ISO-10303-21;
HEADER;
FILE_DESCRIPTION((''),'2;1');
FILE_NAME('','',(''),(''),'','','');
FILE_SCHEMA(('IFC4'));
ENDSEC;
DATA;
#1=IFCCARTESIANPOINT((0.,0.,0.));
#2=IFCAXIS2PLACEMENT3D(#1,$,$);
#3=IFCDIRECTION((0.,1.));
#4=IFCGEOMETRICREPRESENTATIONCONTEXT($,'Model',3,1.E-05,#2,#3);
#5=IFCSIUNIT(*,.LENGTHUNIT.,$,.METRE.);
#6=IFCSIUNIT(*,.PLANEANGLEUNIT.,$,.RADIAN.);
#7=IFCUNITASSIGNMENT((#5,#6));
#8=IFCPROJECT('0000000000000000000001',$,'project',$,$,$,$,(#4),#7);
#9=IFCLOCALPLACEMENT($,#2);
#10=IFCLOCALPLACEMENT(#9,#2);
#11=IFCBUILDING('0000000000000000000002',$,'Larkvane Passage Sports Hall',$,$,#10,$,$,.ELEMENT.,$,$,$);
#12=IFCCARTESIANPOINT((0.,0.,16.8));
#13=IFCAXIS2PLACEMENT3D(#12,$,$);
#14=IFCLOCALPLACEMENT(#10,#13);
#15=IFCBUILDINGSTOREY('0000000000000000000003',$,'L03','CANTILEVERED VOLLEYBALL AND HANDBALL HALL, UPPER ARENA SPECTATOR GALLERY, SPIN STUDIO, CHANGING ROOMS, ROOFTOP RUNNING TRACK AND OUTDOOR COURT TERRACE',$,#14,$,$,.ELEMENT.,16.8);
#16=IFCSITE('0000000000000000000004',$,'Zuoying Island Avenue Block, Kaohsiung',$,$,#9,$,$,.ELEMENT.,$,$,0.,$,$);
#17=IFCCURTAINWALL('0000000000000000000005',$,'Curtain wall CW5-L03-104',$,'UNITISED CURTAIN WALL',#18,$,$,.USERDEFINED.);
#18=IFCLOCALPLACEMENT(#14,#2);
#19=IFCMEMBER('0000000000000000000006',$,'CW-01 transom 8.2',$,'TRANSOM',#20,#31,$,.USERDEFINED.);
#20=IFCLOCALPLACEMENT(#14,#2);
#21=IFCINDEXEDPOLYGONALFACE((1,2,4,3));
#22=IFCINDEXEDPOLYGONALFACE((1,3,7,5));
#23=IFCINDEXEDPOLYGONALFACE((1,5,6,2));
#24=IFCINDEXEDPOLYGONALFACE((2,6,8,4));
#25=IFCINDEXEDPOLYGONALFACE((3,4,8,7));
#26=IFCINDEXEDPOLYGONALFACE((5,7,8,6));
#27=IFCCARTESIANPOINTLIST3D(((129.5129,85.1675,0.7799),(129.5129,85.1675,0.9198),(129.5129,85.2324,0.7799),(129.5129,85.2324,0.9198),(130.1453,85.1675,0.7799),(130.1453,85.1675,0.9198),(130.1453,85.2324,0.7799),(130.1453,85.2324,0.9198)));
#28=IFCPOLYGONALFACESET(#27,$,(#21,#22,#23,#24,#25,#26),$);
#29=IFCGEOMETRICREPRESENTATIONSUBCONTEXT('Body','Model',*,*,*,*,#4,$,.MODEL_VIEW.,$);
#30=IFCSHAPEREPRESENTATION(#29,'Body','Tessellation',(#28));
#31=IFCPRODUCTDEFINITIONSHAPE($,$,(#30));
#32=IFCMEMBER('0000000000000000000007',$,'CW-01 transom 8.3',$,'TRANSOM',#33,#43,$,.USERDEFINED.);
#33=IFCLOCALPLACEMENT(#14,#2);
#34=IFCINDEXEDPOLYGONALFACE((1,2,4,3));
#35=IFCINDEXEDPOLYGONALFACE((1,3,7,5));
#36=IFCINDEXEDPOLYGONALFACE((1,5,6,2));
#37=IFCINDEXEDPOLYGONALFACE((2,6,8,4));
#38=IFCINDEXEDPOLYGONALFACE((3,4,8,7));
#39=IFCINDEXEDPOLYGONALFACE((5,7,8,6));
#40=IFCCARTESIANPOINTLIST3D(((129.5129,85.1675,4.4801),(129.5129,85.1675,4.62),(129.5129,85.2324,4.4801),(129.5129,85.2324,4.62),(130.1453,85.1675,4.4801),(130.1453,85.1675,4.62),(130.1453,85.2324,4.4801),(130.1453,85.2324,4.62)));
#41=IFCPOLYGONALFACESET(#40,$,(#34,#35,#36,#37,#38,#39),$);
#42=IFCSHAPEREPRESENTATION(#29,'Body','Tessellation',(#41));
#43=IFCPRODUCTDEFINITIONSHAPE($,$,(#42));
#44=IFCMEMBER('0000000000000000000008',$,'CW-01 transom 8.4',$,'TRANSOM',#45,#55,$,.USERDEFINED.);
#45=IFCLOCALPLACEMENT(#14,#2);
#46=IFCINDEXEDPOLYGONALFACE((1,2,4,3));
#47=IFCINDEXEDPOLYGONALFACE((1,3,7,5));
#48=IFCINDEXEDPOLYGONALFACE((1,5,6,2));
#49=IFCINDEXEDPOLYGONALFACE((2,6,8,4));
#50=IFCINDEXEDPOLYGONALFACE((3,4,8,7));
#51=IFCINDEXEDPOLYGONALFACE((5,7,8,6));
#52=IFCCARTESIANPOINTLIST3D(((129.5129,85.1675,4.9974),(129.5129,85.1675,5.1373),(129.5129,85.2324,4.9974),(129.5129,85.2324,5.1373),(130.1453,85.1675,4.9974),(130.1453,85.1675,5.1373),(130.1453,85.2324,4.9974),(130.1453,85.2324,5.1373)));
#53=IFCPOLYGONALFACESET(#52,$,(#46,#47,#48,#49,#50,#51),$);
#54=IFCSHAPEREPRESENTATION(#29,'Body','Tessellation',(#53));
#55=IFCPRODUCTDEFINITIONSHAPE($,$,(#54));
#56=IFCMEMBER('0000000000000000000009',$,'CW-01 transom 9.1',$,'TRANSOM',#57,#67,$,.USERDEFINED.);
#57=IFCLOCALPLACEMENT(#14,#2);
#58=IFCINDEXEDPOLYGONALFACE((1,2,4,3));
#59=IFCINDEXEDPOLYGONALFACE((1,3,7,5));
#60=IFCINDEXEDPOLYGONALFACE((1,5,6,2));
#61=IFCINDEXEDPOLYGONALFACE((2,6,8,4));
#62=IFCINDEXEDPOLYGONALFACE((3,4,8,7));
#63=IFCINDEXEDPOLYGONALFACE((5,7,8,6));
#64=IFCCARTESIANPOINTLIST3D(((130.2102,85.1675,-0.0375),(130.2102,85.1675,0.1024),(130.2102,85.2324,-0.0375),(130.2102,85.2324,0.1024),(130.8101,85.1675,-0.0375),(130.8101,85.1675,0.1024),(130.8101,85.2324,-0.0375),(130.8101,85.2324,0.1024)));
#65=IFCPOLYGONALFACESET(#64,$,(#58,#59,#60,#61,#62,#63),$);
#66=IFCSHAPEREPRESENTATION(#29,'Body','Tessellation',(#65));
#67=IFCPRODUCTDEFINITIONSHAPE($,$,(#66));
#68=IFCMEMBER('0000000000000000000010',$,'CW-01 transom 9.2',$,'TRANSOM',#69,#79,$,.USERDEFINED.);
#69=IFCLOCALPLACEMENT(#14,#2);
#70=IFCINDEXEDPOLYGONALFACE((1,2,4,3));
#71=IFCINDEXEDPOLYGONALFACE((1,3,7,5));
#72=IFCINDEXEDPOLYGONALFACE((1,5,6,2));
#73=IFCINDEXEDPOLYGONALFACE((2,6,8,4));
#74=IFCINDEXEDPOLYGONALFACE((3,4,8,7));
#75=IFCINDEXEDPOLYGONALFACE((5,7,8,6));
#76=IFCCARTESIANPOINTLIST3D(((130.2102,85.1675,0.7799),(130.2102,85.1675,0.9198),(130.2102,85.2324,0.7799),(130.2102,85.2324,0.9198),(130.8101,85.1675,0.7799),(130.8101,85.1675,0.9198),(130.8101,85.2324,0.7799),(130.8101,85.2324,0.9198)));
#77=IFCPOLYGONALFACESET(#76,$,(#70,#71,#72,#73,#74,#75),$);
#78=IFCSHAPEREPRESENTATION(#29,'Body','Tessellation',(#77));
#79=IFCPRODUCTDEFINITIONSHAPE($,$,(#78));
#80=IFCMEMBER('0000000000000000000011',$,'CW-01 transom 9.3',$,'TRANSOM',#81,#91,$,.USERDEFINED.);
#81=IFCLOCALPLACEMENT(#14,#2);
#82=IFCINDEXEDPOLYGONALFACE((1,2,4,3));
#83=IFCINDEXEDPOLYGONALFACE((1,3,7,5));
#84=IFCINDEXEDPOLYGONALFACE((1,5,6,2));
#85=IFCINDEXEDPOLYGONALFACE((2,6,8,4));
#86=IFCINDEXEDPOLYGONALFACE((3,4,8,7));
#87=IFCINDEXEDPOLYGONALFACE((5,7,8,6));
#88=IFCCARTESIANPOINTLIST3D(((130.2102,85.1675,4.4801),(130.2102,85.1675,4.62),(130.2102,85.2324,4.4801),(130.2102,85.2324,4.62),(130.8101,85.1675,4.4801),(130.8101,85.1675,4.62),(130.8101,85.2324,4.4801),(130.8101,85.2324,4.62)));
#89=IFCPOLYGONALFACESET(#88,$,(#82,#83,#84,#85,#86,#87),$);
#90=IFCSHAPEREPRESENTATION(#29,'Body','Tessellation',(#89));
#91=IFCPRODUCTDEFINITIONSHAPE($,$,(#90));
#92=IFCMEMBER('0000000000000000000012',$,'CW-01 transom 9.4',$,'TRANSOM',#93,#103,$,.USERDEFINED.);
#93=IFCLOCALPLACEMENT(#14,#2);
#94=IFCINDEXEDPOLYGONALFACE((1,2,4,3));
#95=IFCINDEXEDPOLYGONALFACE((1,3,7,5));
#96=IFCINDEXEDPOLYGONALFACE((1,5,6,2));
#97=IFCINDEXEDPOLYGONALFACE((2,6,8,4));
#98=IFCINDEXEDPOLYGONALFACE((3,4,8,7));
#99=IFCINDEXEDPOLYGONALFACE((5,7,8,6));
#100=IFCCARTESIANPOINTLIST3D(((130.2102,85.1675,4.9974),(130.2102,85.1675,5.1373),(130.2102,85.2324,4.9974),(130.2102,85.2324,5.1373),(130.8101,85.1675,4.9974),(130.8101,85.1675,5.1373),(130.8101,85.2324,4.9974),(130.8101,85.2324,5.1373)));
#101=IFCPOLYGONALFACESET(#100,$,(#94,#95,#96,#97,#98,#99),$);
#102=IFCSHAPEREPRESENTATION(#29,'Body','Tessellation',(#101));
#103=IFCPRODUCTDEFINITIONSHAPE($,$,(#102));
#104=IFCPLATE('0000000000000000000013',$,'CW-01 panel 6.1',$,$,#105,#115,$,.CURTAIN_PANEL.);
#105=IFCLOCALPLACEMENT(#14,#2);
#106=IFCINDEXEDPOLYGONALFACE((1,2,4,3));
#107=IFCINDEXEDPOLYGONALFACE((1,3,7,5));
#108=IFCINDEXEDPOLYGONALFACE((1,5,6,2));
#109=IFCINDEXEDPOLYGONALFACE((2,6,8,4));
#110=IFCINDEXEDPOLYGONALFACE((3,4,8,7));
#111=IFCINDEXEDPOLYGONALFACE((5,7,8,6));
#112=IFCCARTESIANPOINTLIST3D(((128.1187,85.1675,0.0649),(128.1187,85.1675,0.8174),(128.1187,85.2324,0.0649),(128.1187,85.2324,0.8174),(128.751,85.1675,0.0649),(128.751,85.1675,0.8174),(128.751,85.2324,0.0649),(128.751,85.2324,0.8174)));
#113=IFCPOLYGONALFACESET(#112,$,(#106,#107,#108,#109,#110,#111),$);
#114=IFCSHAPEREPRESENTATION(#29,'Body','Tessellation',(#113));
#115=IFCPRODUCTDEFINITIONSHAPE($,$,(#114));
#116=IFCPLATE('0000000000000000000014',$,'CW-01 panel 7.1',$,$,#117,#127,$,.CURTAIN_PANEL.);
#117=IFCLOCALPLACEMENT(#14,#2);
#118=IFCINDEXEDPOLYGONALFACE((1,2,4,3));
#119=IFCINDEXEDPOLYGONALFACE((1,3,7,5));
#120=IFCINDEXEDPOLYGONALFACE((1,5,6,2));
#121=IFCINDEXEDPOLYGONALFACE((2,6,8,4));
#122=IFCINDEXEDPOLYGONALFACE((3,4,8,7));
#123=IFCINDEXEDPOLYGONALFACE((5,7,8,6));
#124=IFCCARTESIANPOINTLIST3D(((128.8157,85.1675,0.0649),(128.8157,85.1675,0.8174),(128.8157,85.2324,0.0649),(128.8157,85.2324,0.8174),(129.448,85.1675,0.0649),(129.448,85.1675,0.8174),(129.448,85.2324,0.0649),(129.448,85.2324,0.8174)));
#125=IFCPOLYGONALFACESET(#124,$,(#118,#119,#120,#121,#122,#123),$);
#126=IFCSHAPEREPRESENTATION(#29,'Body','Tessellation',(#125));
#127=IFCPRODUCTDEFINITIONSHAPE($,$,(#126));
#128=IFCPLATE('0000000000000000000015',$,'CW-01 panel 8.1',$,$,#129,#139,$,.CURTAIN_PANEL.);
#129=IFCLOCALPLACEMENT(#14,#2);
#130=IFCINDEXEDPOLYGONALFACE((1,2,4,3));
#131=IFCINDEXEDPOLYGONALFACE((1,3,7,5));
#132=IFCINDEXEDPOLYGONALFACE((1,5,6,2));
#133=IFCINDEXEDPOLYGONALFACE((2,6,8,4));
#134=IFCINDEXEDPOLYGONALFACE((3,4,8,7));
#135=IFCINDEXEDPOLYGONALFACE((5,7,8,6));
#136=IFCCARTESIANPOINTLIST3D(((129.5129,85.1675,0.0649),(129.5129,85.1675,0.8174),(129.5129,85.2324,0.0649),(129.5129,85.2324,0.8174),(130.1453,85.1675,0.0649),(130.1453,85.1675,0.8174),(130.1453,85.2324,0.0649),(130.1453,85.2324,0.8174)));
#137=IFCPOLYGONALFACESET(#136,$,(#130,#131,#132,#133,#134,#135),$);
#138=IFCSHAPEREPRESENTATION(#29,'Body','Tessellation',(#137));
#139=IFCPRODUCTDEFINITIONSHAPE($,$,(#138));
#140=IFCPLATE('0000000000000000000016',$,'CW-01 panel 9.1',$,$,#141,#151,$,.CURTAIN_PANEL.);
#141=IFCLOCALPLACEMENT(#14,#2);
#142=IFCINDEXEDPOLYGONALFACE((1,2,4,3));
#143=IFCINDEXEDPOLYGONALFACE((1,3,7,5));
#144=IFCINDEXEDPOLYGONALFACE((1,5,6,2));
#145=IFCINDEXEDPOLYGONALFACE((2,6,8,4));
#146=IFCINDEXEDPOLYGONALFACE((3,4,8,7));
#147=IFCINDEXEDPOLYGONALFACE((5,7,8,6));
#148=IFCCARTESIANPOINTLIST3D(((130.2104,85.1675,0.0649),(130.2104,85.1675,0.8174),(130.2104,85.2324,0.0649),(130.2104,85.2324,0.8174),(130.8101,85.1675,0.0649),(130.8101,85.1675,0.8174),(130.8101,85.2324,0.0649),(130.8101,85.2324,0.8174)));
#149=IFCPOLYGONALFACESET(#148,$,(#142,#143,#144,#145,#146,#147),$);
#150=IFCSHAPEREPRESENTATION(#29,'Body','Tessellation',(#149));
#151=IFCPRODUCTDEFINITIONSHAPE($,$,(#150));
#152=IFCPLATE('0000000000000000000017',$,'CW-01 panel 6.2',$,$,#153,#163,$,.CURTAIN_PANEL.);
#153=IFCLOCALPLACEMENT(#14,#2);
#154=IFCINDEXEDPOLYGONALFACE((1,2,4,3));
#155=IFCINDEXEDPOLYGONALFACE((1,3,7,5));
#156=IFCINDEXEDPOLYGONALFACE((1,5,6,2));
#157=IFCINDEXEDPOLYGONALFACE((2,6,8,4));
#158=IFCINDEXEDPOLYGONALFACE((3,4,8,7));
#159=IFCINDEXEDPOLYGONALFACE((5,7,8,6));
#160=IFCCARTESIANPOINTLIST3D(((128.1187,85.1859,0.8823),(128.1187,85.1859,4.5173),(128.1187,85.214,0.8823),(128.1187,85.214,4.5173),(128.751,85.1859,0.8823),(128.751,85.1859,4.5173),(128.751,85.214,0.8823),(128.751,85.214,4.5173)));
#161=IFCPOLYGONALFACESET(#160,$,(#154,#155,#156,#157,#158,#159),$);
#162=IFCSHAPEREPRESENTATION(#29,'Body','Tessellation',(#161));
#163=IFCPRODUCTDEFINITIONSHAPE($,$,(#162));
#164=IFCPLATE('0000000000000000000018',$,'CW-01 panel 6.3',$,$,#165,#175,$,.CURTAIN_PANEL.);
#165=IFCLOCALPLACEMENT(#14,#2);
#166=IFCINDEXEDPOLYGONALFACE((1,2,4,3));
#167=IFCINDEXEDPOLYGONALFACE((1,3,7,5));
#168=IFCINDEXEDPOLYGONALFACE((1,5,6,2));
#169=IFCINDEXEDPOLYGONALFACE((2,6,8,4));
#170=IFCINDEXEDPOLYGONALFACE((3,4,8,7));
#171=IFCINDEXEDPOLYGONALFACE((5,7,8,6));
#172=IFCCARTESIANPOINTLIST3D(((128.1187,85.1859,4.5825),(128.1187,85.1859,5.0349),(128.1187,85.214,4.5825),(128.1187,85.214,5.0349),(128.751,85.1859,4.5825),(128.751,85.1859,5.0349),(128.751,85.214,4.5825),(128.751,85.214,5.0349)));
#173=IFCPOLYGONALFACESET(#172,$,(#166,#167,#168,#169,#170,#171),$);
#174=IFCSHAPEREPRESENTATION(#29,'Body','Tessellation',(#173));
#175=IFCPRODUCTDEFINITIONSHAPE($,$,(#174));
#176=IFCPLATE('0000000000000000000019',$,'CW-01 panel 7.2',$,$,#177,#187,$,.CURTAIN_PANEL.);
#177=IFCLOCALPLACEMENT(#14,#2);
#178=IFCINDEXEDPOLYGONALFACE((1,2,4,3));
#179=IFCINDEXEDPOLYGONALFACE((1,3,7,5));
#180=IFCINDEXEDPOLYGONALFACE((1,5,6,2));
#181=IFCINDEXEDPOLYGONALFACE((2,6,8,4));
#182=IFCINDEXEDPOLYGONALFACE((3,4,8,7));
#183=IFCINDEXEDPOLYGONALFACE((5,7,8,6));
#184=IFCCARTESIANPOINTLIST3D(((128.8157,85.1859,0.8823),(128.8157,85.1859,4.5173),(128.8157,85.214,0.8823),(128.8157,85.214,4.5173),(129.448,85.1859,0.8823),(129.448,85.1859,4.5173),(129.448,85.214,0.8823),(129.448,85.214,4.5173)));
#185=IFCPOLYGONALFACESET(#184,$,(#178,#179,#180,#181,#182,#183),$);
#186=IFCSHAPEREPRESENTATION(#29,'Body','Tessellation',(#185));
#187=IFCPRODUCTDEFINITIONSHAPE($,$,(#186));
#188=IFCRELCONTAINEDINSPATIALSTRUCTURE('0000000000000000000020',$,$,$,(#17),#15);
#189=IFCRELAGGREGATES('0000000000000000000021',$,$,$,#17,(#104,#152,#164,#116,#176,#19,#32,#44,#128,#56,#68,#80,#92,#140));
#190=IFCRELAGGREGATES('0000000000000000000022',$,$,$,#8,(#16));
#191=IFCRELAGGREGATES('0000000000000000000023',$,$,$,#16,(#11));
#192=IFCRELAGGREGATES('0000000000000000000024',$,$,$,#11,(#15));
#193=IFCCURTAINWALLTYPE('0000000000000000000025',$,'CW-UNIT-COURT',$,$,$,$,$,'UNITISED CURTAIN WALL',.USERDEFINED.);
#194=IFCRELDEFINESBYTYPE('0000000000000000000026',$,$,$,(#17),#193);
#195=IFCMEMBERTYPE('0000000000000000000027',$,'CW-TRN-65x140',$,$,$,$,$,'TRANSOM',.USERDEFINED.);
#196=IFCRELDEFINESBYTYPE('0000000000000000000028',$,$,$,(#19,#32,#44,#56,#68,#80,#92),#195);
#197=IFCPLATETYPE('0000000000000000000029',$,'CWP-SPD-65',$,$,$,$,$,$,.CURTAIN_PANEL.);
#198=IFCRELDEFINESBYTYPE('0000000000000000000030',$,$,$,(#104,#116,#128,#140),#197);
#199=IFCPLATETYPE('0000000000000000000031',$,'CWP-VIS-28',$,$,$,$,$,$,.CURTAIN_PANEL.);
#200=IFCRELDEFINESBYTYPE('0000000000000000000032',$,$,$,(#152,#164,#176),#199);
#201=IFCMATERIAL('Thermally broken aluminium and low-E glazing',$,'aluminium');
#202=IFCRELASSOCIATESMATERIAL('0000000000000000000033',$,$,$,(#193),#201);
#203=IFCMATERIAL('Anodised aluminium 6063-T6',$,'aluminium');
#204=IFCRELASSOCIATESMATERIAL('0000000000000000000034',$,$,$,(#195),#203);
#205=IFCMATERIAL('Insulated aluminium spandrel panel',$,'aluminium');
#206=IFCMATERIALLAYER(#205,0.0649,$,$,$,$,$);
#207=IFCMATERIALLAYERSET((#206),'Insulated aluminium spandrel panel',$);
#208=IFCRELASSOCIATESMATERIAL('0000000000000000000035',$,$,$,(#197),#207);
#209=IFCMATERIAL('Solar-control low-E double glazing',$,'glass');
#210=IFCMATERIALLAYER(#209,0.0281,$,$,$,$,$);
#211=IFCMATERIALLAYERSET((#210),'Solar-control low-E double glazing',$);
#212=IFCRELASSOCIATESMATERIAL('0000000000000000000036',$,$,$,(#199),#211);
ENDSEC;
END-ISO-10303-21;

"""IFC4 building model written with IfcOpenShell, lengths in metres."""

from ifc_helpers import new_model, si_unit, direction, frame, origin, origin_2d, place, context, subcontext, project, spatial, rectangle, extrude, material, layer, layer_set, material_profile, profile_set, type_object, element, aggregate, save


model = new_model("IFC4")

# Units and contexts
model_context = context("Model", 3, precision=1e-05, world=origin(), true_north=direction((0.0, 1.0)))
body_context = subcontext(model_context, "Body", "Model", "MODEL_VIEW")
ifc_project = project(units=[si_unit("LENGTHUNIT", "METRE"), si_unit("PLANEANGLEUNIT", "RADIAN")], contexts=[model_context])

# Site, building, storey
site_placement = place(None, origin())
site = spatial("IfcSite", under=ifc_project, at=site_placement, Name="Zuoying Island Avenue Block, Kaohsiung", CompositionType="ELEMENT", RefElevation=0.0)
building_placement = place(site_placement, origin())
building = spatial("IfcBuilding", under=site, at=building_placement, Name="Larkvane Passage Sports Hall", CompositionType="ELEMENT")
storey_placement = place(building_placement, frame((0.0, 0.0, 16.8)))
storey = spatial("IfcBuildingStorey", under=building, at=storey_placement, Name="L03", Description="CANTILEVERED VOLLEYBALL AND HANDBALL HALL, UPPER ARENA SPECTATOR GALLERY, SPIN STUDIO, CHANGING ROOMS, ROOFTOP RUNNING TRACK AND OUTDOOR COURT TERRACE", CompositionType="ELEMENT", Elevation=16.8)

# Curtain wall
ifc_material_1 = material(Name="Thermally broken aluminium and low-E glazing", Category="aluminium")
curtain_wall_type_1 = type_object("IfcCurtainWallType", Name="CW-UNIT-COURT", ElementType="UNITISED CURTAIN WALL", PredefinedType="USERDEFINED", material=ifc_material_1)
curtain_wall_1_placement = place(storey_placement, origin())
curtain_wall_1 = element("IfcCurtainWall", 1, at=curtain_wall_1_placement, inside=storey, type_object=curtain_wall_type_1, Name="Curtain wall CW5-L03-104", ObjectType="UNITISED CURTAIN WALL", PredefinedType="USERDEFINED")
ifc_material_2 = material(Name="Anodised aluminium 6063-T6", Category="aluminium")

# Members
ifc_material_profile_1 = material_profile(ifc_material_2, rectangle(XDim=0.0649, YDim=0.1399, at=origin_2d()), Name="ALU-TRN-65x140")
ifc_profile_set_1 = profile_set([ifc_material_profile_1], Name="Anodised aluminium 6063-T6")
member_type_1 = type_object("IfcMemberType", Name="CW-TRN-65x140", ElementType="TRANSOM", PredefinedType="USERDEFINED", material=ifc_profile_set_1)
member_1_placement = place(storey_placement, frame((129.5129, 85.2, 0.8499), z_axis=(1.0, 0.0, 0.0), x_axis=(0.0, 1.0, 0.0)))
member_1 = element("IfcMember", 2, at=member_1_placement, type_object=member_type_1, Name="CW-01 transom 8.2", ObjectType="TRANSOM", PredefinedType="USERDEFINED", context=body_context, shape_type="SweptSolid", body=[
    extrude(rectangle(XDim=0.0649, YDim=0.1399, at=origin_2d()), origin(), (0.0, 0.0, 1.0), 0.6323),
])
member_2_placement = place(storey_placement, frame((129.5129, 85.2, 4.55), z_axis=(1.0, 0.0, 0.0), x_axis=(0.0, 1.0, 0.0)))
member_2 = element("IfcMember", 3, at=member_2_placement, type_object=member_type_1, Name="CW-01 transom 8.3", ObjectType="TRANSOM", PredefinedType="USERDEFINED", context=body_context, shape_type="SweptSolid", body=[
    extrude(rectangle(XDim=0.0649, YDim=0.1399, at=origin_2d()), origin(), (0.0, 0.0, 1.0), 0.6323),
])
member_3_placement = place(storey_placement, frame((129.5129, 85.2, 5.0674), z_axis=(1.0, 0.0, 0.0), x_axis=(0.0, 1.0, 0.0)))
member_3 = element("IfcMember", 4, at=member_3_placement, type_object=member_type_1, Name="CW-01 transom 8.4", ObjectType="TRANSOM", PredefinedType="USERDEFINED", context=body_context, shape_type="SweptSolid", body=[
    extrude(rectangle(XDim=0.0649, YDim=0.1399, at=origin_2d()), origin(), (0.0, 0.0, 1.0), 0.6323),
])
member_4_placement = place(storey_placement, frame((130.2102, 85.2, 0.0325), z_axis=(1.0, 0.0, 0.0), x_axis=(0.0, 1.0, 0.0)))
member_4 = element("IfcMember", 5, at=member_4_placement, type_object=member_type_1, Name="CW-01 transom 9.1", ObjectType="TRANSOM", PredefinedType="USERDEFINED", context=body_context, shape_type="SweptSolid", body=[
    extrude(rectangle(XDim=0.0649, YDim=0.1399, at=origin_2d()), origin(), (0.0, 0.0, 1.0), 0.5999),
])
member_5_placement = place(storey_placement, frame((130.2102, 85.2, 0.8499), z_axis=(1.0, 0.0, 0.0), x_axis=(0.0, 1.0, 0.0)))
member_5 = element("IfcMember", 6, at=member_5_placement, type_object=member_type_1, Name="CW-01 transom 9.2", ObjectType="TRANSOM", PredefinedType="USERDEFINED", context=body_context, shape_type="SweptSolid", body=[
    extrude(rectangle(XDim=0.0649, YDim=0.1399, at=origin_2d()), origin(), (0.0, 0.0, 1.0), 0.5999),
])
member_6_placement = place(storey_placement, frame((130.2102, 85.2, 4.55), z_axis=(1.0, 0.0, 0.0), x_axis=(0.0, 1.0, 0.0)))
member_6 = element("IfcMember", 7, at=member_6_placement, type_object=member_type_1, Name="CW-01 transom 9.3", ObjectType="TRANSOM", PredefinedType="USERDEFINED", context=body_context, shape_type="SweptSolid", body=[
    extrude(rectangle(XDim=0.0649, YDim=0.1399, at=origin_2d()), origin(), (0.0, 0.0, 1.0), 0.5999),
])
member_7_placement = place(storey_placement, frame((130.2102, 85.2, 5.0674), z_axis=(1.0, 0.0, 0.0), x_axis=(0.0, 1.0, 0.0)))
member_7 = element("IfcMember", 8, at=member_7_placement, type_object=member_type_1, Name="CW-01 transom 9.4", ObjectType="TRANSOM", PredefinedType="USERDEFINED", context=body_context, shape_type="SweptSolid", body=[
    extrude(rectangle(XDim=0.0649, YDim=0.1399, at=origin_2d()), origin(), (0.0, 0.0, 1.0), 0.5999),
])

# Plates
ifc_material_3 = material(Name="Insulated aluminium spandrel panel", Category="aluminium")
ifc_layer_1 = layer(ifc_material_3, 0.0649)
ifc_layer_set_1 = layer_set([ifc_layer_1], Name="Insulated aluminium spandrel panel")
plate_type_1 = type_object("IfcPlateType", Name="CWP-SPD-65", PredefinedType="CURTAIN_PANEL", material=ifc_layer_set_1)
plate_1_placement = place(storey_placement, frame((128.4348, 85.2, 0.0649), z_axis=(0.0, 0.0, 1.0), x_axis=(1.0, 0.0, 0.0)))
plate_1 = element("IfcPlate", 9, at=plate_1_placement, type_object=plate_type_1, Name="CW-01 panel 6.1", PredefinedType="CURTAIN_PANEL", context=body_context, shape_type="SweptSolid", body=[
    extrude(rectangle(XDim=0.6323, YDim=0.0649, at=origin_2d()), origin(), (0.0, 0.0, 1.0), 0.7524),
])
plate_2_placement = place(storey_placement, frame((129.1318, 85.2, 0.0649), z_axis=(0.0, 0.0, 1.0), x_axis=(1.0, 0.0, 0.0)))
plate_2 = element("IfcPlate", 10, at=plate_2_placement, type_object=plate_type_1, Name="CW-01 panel 7.1", PredefinedType="CURTAIN_PANEL", context=body_context, shape_type="SweptSolid", body=[
    extrude(rectangle(XDim=0.6323, YDim=0.0649, at=origin_2d()), origin(), (0.0, 0.0, 1.0), 0.7524),
])
plate_3_placement = place(storey_placement, frame((129.8291, 85.2, 0.0649), z_axis=(0.0, 0.0, 1.0), x_axis=(1.0, 0.0, 0.0)))
plate_3 = element("IfcPlate", 11, at=plate_3_placement, type_object=plate_type_1, Name="CW-01 panel 8.1", PredefinedType="CURTAIN_PANEL", context=body_context, shape_type="SweptSolid", body=[
    extrude(rectangle(XDim=0.6323, YDim=0.0649, at=origin_2d()), origin(), (0.0, 0.0, 1.0), 0.7524),
])
plate_4_placement = place(storey_placement, frame((130.5103, 85.2, 0.0649), z_axis=(0.0, 0.0, 1.0), x_axis=(1.0, 0.0, 0.0)))
plate_4 = element("IfcPlate", 12, at=plate_4_placement, type_object=plate_type_1, Name="CW-01 panel 9.1", PredefinedType="CURTAIN_PANEL", context=body_context, shape_type="SweptSolid", body=[
    extrude(rectangle(XDim=0.5996, YDim=0.0649, at=origin_2d()), origin(), (0.0, 0.0, 1.0), 0.7524),
])
ifc_material_4 = material(Name="Solar-control low-E double glazing", Category="glass")
ifc_layer_2 = layer(ifc_material_4, 0.0281)
ifc_layer_set_2 = layer_set([ifc_layer_2], Name="Solar-control low-E double glazing")
plate_type_2 = type_object("IfcPlateType", Name="CWP-VIS-28", PredefinedType="CURTAIN_PANEL", material=ifc_layer_set_2)
plate_5_placement = place(storey_placement, frame((128.4348, 85.2, 0.8823), z_axis=(0.0, 0.0, 1.0), x_axis=(1.0, 0.0, 0.0)))
plate_5 = element("IfcPlate", 13, at=plate_5_placement, type_object=plate_type_2, Name="CW-01 panel 6.2", PredefinedType="CURTAIN_PANEL", context=body_context, shape_type="SweptSolid", body=[
    extrude(rectangle(XDim=0.6323, YDim=0.0281, at=origin_2d()), origin(), (0.0, 0.0, 1.0), 3.635),
])
plate_6_placement = place(storey_placement, frame((128.4348, 85.2, 4.5825), z_axis=(0.0, 0.0, 1.0), x_axis=(1.0, 0.0, 0.0)))
plate_6 = element("IfcPlate", 14, at=plate_6_placement, type_object=plate_type_2, Name="CW-01 panel 6.3", PredefinedType="CURTAIN_PANEL", context=body_context, shape_type="SweptSolid", body=[
    extrude(rectangle(XDim=0.6323, YDim=0.0281, at=origin_2d()), origin(), (0.0, 0.0, 1.0), 0.4524),
])
plate_7_placement = place(storey_placement, frame((129.1318, 85.2, 0.8823), z_axis=(0.0, 0.0, 1.0), x_axis=(1.0, 0.0, 0.0)))
plate_7 = element("IfcPlate", 15, at=plate_7_placement, type_object=plate_type_2, Name="CW-01 panel 7.2", PredefinedType="CURTAIN_PANEL", context=body_context, shape_type="SweptSolid", body=[
    extrude(rectangle(XDim=0.6323, YDim=0.0281, at=origin_2d()), origin(), (0.0, 0.0, 1.0), 3.635),
])
aggregate(curtain_wall_1, [plate_1, plate_5, plate_6, plate_2, plate_7, member_1, member_2, member_3, plate_3, member_4, member_5, member_6, member_7, plate_4])

save(model, "model.ifc")
